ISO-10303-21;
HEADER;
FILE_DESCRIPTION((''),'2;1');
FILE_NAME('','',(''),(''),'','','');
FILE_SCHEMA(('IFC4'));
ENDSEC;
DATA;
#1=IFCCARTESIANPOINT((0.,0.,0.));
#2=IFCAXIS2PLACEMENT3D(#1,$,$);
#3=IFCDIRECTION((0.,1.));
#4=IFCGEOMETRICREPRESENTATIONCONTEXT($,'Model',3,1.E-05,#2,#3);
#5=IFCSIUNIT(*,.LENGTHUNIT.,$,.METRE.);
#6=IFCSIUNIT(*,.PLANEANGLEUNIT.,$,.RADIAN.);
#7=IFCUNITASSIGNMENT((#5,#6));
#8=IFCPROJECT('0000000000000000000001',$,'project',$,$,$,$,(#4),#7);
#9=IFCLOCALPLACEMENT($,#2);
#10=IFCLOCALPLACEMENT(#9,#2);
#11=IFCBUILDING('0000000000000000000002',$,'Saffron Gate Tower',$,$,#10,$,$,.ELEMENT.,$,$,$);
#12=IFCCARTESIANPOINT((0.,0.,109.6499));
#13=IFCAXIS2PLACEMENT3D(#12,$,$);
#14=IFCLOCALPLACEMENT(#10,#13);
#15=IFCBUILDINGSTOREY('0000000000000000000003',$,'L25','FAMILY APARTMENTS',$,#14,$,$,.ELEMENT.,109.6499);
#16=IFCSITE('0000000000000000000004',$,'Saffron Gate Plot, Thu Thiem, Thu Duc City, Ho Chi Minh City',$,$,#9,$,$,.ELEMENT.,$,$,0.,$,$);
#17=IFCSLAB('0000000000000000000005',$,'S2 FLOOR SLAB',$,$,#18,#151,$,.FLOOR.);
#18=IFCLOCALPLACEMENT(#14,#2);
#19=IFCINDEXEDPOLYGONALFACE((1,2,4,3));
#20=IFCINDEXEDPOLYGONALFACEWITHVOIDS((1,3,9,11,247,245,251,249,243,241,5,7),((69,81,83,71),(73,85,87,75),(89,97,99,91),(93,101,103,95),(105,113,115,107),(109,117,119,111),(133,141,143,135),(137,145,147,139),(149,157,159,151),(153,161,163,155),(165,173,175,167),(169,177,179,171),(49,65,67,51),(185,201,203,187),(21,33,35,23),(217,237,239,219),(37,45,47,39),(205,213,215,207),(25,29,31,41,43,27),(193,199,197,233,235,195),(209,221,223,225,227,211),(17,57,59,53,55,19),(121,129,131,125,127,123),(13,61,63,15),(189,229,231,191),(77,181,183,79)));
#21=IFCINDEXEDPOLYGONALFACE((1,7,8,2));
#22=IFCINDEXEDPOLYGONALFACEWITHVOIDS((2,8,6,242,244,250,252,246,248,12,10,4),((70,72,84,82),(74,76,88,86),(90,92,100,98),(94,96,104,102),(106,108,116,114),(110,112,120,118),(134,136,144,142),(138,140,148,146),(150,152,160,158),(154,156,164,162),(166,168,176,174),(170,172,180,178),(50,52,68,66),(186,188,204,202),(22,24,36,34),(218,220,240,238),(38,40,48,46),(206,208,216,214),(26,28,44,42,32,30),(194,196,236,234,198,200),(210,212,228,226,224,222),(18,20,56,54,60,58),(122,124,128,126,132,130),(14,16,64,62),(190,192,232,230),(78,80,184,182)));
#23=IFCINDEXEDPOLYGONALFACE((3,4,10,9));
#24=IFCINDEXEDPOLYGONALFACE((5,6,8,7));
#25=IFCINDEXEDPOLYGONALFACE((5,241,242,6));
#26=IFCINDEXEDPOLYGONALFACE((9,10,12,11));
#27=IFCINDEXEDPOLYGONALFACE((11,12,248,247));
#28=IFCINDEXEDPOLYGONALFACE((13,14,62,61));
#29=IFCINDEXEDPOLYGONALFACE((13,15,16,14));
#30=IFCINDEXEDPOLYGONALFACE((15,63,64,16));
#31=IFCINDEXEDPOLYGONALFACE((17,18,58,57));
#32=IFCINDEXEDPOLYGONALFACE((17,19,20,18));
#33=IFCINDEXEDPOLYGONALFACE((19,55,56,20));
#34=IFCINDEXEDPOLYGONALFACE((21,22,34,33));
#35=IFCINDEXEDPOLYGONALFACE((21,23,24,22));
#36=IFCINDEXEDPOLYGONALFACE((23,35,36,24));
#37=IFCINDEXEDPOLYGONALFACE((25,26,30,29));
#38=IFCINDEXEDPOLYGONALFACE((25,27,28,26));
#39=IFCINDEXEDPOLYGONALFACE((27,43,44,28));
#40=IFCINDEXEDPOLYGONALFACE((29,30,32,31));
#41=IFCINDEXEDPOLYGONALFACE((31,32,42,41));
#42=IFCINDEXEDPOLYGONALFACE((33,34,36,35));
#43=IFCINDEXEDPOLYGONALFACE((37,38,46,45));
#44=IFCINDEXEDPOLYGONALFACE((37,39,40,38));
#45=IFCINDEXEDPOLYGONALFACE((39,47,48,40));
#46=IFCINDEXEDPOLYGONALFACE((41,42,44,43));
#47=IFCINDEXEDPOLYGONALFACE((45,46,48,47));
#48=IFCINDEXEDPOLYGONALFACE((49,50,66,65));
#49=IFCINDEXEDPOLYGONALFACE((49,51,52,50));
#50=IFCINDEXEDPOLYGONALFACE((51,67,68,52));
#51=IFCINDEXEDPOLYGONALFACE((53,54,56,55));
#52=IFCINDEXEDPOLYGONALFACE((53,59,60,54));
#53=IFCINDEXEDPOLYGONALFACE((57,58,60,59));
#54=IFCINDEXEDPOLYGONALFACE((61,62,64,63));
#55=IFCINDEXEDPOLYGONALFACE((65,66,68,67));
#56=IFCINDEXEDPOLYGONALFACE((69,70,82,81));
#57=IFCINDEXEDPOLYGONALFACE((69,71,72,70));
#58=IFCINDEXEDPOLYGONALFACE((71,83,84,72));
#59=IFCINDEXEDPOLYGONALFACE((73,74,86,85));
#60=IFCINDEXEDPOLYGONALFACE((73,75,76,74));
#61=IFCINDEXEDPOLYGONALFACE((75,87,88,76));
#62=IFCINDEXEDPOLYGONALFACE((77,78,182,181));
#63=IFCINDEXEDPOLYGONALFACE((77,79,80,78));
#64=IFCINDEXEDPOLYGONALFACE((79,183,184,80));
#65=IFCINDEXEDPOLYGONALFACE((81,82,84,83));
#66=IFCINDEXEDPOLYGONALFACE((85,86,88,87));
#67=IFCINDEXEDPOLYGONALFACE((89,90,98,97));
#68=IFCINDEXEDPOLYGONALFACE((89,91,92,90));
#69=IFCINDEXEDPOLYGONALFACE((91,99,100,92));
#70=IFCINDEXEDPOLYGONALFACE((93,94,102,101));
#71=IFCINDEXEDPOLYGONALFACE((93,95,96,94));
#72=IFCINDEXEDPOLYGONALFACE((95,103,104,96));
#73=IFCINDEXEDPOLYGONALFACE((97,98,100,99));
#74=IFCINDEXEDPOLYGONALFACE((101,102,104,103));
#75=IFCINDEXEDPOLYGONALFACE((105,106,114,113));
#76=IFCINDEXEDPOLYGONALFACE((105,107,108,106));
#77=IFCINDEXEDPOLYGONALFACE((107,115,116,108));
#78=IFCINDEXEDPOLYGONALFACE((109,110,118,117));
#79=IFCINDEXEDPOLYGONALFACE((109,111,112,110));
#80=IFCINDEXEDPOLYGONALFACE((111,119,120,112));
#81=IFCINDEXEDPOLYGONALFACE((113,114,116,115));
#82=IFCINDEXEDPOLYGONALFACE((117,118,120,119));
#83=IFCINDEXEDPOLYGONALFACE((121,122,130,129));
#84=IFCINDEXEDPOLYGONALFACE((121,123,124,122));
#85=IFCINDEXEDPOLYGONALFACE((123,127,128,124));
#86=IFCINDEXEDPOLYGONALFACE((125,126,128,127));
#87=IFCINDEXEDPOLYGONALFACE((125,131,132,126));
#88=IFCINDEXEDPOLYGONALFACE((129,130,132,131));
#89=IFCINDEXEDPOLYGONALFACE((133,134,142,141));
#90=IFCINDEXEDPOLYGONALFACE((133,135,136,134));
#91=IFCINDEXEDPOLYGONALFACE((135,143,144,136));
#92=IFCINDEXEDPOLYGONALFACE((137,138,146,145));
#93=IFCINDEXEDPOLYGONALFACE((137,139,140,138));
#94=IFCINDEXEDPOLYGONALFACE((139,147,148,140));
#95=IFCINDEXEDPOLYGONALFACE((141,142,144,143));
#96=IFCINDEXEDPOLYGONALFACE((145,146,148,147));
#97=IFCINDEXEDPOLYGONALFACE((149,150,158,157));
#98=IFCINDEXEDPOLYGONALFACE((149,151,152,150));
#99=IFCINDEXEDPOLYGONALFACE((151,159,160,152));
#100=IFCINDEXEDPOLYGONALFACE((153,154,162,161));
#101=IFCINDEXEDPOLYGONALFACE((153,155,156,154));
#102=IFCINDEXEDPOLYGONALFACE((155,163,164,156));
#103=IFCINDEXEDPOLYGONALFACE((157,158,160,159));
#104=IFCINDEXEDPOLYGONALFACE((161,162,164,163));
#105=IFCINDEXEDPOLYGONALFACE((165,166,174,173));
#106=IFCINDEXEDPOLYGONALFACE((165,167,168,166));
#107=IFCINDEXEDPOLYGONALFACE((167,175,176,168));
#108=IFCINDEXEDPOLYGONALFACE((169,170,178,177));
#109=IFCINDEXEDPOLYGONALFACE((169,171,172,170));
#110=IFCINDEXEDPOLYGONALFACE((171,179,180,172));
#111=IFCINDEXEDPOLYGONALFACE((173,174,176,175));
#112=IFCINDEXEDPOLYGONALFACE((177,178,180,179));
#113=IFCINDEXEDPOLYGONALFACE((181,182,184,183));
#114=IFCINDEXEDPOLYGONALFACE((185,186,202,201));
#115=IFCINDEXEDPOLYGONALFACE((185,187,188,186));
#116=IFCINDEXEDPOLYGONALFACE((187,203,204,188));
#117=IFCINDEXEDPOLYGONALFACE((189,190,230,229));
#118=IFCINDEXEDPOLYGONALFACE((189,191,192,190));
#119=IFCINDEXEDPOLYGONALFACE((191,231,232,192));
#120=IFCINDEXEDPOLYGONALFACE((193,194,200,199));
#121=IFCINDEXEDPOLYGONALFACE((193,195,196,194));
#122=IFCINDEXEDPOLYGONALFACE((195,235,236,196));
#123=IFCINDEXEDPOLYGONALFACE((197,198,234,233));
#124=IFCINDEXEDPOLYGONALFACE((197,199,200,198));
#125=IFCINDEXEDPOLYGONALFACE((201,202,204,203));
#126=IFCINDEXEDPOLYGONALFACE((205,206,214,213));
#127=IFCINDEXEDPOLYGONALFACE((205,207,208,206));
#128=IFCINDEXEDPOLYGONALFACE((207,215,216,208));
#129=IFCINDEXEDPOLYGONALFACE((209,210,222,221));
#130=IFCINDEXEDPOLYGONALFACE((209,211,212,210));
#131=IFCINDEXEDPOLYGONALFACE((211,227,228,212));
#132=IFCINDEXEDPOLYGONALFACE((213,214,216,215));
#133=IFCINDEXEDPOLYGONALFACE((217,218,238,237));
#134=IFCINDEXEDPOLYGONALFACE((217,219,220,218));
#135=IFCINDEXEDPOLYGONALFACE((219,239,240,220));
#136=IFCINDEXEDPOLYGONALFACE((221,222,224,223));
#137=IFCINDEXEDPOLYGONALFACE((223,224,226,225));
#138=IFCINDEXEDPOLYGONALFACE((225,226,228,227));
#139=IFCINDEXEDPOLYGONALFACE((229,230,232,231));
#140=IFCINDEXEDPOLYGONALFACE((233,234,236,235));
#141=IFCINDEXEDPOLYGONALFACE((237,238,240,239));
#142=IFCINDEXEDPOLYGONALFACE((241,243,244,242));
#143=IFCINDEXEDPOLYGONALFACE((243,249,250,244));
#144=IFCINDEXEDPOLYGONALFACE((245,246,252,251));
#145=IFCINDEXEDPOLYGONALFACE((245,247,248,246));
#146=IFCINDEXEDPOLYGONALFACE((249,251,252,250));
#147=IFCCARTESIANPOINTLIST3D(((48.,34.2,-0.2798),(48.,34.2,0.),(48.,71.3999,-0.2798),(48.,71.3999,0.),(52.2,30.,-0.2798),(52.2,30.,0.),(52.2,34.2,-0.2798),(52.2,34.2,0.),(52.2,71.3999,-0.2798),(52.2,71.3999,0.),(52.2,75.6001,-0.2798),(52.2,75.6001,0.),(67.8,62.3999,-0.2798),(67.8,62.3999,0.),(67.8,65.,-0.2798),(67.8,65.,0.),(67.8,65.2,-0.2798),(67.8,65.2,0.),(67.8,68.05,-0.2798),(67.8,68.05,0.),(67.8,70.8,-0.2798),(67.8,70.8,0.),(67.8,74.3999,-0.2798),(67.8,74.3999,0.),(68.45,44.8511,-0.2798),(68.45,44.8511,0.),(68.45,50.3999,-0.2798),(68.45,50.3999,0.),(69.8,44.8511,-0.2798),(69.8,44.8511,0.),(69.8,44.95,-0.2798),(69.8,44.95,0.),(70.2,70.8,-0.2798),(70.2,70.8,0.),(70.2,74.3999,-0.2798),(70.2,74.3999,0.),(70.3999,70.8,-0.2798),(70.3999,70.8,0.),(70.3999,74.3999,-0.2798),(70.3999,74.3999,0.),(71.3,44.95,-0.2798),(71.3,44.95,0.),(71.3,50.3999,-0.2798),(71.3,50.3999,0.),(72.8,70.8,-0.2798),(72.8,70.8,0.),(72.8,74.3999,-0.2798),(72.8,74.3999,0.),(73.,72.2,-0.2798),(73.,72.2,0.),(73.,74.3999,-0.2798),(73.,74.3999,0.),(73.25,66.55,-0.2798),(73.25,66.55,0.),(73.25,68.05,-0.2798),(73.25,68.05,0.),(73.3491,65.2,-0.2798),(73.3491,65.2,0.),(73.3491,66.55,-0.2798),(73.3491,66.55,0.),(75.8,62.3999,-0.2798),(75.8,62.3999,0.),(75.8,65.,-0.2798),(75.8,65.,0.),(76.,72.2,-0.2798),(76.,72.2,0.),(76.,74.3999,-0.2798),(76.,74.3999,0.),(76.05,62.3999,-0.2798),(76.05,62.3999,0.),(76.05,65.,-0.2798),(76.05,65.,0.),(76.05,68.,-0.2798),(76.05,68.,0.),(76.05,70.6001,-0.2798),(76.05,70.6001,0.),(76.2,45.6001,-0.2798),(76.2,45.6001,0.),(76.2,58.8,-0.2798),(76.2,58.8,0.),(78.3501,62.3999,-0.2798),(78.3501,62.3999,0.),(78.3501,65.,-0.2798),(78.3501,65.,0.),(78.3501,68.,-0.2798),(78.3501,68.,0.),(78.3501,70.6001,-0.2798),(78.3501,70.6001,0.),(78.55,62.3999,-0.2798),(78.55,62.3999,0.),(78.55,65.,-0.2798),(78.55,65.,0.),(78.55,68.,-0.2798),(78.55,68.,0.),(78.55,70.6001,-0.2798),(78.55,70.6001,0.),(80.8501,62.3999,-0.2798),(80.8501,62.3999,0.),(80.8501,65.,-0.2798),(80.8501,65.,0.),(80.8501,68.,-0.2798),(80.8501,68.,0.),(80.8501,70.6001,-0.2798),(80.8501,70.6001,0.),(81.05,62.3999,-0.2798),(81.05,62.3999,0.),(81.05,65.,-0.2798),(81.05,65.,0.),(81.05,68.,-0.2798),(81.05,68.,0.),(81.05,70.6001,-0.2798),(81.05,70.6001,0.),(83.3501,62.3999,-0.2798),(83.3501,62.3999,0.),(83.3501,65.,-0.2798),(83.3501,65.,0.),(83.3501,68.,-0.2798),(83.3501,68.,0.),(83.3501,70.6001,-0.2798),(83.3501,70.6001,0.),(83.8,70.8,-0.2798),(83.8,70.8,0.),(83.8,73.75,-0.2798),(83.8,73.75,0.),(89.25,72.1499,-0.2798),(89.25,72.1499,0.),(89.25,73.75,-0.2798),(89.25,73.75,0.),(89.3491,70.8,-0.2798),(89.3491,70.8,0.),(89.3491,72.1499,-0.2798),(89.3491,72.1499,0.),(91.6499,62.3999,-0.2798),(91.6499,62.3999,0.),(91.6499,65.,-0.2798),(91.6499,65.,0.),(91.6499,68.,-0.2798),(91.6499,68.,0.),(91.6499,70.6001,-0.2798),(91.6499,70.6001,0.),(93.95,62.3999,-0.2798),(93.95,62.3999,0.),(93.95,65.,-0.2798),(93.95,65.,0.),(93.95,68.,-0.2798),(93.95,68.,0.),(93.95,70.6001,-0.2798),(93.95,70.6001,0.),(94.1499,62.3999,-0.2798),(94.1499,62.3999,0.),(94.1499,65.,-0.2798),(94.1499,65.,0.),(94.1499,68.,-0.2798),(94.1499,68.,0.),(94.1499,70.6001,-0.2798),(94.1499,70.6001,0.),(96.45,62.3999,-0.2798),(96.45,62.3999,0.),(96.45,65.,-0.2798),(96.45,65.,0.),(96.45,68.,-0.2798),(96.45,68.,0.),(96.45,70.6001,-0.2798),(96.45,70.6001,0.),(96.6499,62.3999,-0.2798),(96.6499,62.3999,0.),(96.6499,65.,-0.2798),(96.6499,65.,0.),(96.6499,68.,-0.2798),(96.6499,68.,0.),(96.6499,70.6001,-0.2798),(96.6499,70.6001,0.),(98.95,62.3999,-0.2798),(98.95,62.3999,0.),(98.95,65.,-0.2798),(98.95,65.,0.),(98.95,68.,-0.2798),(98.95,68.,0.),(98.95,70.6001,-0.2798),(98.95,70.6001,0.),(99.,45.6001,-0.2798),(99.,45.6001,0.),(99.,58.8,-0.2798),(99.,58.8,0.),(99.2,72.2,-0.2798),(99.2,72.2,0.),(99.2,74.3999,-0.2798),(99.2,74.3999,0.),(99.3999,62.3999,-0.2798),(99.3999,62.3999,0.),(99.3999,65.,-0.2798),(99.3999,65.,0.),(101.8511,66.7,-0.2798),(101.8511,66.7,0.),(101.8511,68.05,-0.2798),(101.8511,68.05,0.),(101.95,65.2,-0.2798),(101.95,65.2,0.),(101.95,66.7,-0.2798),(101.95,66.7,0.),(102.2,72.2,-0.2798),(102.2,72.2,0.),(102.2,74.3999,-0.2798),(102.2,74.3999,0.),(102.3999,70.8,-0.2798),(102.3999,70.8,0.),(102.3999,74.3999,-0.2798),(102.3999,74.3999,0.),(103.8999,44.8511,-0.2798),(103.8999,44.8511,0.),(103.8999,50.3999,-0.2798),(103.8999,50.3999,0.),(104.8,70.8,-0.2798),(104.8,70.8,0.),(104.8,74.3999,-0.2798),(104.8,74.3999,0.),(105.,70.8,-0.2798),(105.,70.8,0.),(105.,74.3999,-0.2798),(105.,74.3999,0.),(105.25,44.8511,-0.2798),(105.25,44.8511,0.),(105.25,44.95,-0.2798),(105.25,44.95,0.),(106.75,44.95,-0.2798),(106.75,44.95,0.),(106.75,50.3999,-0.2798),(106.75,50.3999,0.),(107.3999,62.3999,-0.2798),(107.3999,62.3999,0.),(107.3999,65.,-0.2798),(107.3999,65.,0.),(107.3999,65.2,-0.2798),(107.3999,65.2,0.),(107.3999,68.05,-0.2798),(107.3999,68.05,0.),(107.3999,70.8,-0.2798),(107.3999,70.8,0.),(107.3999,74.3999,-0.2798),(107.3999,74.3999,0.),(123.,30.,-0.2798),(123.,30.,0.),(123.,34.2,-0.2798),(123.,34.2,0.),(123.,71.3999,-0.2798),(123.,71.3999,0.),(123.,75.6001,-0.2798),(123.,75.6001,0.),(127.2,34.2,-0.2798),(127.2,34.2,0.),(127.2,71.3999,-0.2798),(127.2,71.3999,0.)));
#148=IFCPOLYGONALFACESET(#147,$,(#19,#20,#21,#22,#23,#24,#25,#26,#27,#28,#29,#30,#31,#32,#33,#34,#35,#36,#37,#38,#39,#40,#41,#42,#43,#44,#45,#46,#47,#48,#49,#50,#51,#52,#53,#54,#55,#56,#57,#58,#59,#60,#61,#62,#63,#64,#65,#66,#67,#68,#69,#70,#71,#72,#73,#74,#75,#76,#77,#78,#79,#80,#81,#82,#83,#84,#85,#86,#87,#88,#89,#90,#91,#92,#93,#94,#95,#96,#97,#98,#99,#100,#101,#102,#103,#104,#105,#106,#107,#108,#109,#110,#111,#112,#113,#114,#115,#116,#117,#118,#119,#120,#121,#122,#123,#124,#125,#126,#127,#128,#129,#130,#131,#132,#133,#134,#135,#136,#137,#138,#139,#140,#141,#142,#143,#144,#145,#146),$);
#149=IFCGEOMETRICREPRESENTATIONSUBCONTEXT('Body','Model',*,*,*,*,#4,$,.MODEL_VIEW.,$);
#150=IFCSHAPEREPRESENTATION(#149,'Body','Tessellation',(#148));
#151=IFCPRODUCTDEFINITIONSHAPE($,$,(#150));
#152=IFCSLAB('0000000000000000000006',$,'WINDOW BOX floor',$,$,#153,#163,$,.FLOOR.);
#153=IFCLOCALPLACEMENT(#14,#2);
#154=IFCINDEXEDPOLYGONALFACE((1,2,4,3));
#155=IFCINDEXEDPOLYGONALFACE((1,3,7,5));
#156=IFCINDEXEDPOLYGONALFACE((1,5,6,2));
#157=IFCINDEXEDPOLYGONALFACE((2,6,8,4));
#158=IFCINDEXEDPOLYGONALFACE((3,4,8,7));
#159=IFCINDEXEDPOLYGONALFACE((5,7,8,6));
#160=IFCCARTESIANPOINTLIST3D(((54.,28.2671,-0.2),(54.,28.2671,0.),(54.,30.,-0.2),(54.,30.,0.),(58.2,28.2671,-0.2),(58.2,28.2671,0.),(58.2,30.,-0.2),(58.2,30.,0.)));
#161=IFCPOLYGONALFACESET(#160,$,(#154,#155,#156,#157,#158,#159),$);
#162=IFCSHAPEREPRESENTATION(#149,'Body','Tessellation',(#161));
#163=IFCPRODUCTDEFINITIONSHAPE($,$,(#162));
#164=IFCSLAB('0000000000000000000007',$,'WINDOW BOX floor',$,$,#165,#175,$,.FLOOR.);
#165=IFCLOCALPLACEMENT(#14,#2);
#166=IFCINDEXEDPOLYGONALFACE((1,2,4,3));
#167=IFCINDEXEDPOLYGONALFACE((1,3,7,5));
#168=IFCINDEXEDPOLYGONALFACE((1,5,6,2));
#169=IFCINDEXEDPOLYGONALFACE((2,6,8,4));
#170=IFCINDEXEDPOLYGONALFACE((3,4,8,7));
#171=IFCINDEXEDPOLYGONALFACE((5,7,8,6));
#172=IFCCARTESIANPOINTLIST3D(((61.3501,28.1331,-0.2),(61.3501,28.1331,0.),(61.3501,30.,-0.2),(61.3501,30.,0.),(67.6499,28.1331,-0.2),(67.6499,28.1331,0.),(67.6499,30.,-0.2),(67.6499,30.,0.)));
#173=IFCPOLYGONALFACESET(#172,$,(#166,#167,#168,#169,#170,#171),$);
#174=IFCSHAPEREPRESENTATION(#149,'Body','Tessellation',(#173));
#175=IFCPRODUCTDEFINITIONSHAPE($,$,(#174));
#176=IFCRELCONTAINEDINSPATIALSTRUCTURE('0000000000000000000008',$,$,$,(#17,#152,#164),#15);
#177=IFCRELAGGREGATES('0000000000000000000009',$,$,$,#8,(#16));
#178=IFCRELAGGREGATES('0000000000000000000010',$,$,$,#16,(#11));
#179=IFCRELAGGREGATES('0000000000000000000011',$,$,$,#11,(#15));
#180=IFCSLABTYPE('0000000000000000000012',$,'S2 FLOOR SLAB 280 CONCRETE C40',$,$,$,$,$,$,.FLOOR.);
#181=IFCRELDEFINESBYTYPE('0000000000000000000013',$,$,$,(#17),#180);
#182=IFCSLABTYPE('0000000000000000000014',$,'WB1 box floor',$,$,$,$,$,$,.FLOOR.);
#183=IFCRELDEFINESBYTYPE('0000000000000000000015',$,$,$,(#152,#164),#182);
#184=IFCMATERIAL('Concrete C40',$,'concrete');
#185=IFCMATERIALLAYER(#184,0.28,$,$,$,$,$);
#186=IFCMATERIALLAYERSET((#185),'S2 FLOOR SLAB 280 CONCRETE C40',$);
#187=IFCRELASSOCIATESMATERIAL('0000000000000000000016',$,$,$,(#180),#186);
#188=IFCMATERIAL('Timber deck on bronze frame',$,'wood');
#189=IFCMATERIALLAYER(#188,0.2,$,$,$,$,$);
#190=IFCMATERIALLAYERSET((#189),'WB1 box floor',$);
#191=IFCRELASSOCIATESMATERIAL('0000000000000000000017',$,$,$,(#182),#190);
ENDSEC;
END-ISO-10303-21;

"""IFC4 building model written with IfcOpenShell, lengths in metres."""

from ifc_helpers import new_model, si_unit, direction, frame, origin, place, context, subcontext, project, spatial, polyline, outline, extrude, material, layer, layer_set, type_object, element, save


model = new_model("IFC4")

# Units and contexts
model_context = context("Model", 3, precision=1e-05, world=origin(), true_north=direction((0.0, 1.0)))
body_context = subcontext(model_context, "Body", "Model", "MODEL_VIEW")
ifc_project = project(units=[si_unit("LENGTHUNIT", "METRE"), si_unit("PLANEANGLEUNIT", "RADIAN")], contexts=[model_context])

# Site, building, storey
site_placement = place(None, origin())
site = spatial("IfcSite", under=ifc_project, at=site_placement, Name="Saffron Gate Plot, Thu Thiem, Thu Duc City, Ho Chi Minh City", CompositionType="ELEMENT", RefElevation=0.0)
building_placement = place(site_placement, origin())
building = spatial("IfcBuilding", under=site, at=building_placement, Name="Saffron Gate Tower", CompositionType="ELEMENT")
storey_placement = place(building_placement, frame((0.0, 0.0, 109.6499)))
storey = spatial("IfcBuildingStorey", under=building, at=storey_placement, Name="L25", Description="FAMILY APARTMENTS", CompositionType="ELEMENT", Elevation=109.6499)

# Slabs
ifc_material_1 = material(Name="Concrete C40", Category="concrete")
ifc_layer_1 = layer(ifc_material_1, 0.28)
ifc_layer_set_1 = layer_set([ifc_layer_1], Name="S2 FLOOR SLAB 280 CONCRETE C40")
slab_type_1 = type_object("IfcSlabType", Name="S2 FLOOR SLAB 280 CONCRETE C40", PredefinedType="FLOOR", material=ifc_layer_set_1)
slab_1_placement = place(storey_placement, frame((0.0, 0.0, -0.2798)))
element("IfcSlab", 1, at=slab_1_placement, inside=storey, type_object=slab_type_1, Name="S2 FLOOR SLAB", PredefinedType="FLOOR", context=body_context, shape_type="SweptSolid", body=[
    extrude(outline(polyline([(48.0, 34.2), (52.2, 34.2), (52.2, 30.0), (123.0, 30.0), (123.0, 34.2), (127.2, 34.2), (127.2, 71.3999), (123.0, 71.3999), (123.0, 75.6001), (52.2, 75.6001), (52.2, 71.3999), (48.0, 71.3999), (48.0, 34.2)]), holes=[polyline([(67.8, 62.3999), (67.8, 65.0), (75.8, 65.0), (75.8, 62.3999), (67.8, 62.3999)]), polyline([(67.8, 65.2), (67.8, 68.05), (73.25, 68.05), (73.25, 66.55), (73.3491, 66.55), (73.3491, 65.2), (67.8, 65.2)]), polyline([(67.8, 70.8), (67.8, 74.3999), (70.2, 74.3999), (70.2, 70.8), (67.8, 70.8)]), polyline([(68.45, 44.8511), (68.45, 50.3999), (71.3, 50.3999), (71.3, 44.95), (69.8, 44.95), (69.8, 44.8511), (68.45, 44.8511)]), polyline([(70.3999, 70.8), (70.3999, 74.3999), (72.8, 74.3999), (72.8, 70.8), (70.3999, 70.8)]), polyline([(73.0, 72.2), (73.0, 74.3999), (76.0, 74.3999), (76.0, 72.2), (73.0, 72.2)]), polyline([(76.05, 62.3999), (76.05, 65.0), (78.3501, 65.0), (78.3501, 62.3999), (76.05, 62.3999)]), polyline([(76.05, 68.0), (76.05, 70.6001), (78.3501, 70.6001), (78.3501, 68.0), (76.05, 68.0)]), polyline([(76.2, 45.6001), (76.2, 58.8), (99.0, 58.8), (99.0, 45.6001), (76.2, 45.6001)]), polyline([(78.55, 62.3999), (78.55, 65.0), (80.8501, 65.0), (80.8501, 62.3999), (78.55, 62.3999)]), polyline([(78.55, 68.0), (78.55, 70.6001), (80.8501, 70.6001), (80.8501, 68.0), (78.55, 68.0)]), polyline([(81.05, 62.3999), (81.05, 65.0), (83.3501, 65.0), (83.3501, 62.3999), (81.05, 62.3999)]), polyline([(81.05, 68.0), (81.05, 70.6001), (83.3501, 70.6001), (83.3501, 68.0), (81.05, 68.0)]), polyline([(83.8, 70.8), (83.8, 73.75), (89.25, 73.75), (89.25, 72.1499), (89.3491, 72.1499), (89.3491, 70.8), (83.8, 70.8)]), polyline([(91.6499, 62.3999), (91.6499, 65.0), (93.95, 65.0), (93.95, 62.3999), (91.6499, 62.3999)]), polyline([(91.6499, 68.0), (91.6499, 70.6001), (93.95, 70.6001), (93.95, 68.0), (91.6499, 68.0)]), polyline([(94.1499, 62.3999), (94.1499, 65.0), (96.45, 65.0), (96.45, 62.3999), (94.1499, 62.3999)]), polyline([(94.1499, 68.0), (94.1499, 70.6001), (96.45, 70.6001), (96.45, 68.0), (94.1499, 68.0)]), polyline([(96.6499, 62.3999), (96.6499, 65.0), (98.95, 65.0), (98.95, 62.3999), (96.6499, 62.3999)]), polyline([(96.6499, 68.0), (96.6499, 70.6001), (98.95, 70.6001), (98.95, 68.0), (96.6499, 68.0)]), polyline([(99.2, 72.2), (99.2, 74.3999), (102.2, 74.3999), (102.2, 72.2), (99.2, 72.2)]), polyline([(99.3999, 62.3999), (99.3999, 65.0), (107.3999, 65.0), (107.3999, 62.3999), (99.3999, 62.3999)]), polyline([(101.8511, 66.7), (101.8511, 68.05), (107.3999, 68.05), (107.3999, 65.2), (101.95, 65.2), (101.95, 66.7), (101.8511, 66.7)]), polyline([(102.3999, 70.8), (102.3999, 74.3999), (104.8, 74.3999), (104.8, 70.8), (102.3999, 70.8)]), polyline([(103.8999, 44.8511), (103.8999, 50.3999), (106.75, 50.3999), (106.75, 44.95), (105.25, 44.95), (105.25, 44.8511), (103.8999, 44.8511)]), polyline([(105.0, 70.8), (105.0, 74.3999), (107.3999, 74.3999), (107.3999, 70.8), (105.0, 70.8)])]), origin(), (0.0, 0.0, 1.0), 0.2798),
])
ifc_material_2 = material(Name="Timber deck on bronze frame", Category="wood")
ifc_layer_2 = layer(ifc_material_2, 0.2)
ifc_layer_set_2 = layer_set([ifc_layer_2], Name="WB1 box floor")
slab_type_2 = type_object("IfcSlabType", Name="WB1 box floor", PredefinedType="FLOOR", material=ifc_layer_set_2)
slab_2_placement = place(storey_placement, frame((0.0, 0.0, -0.2)))
element("IfcSlab", 2, at=slab_2_placement, inside=storey, type_object=slab_type_2, Name="WINDOW BOX floor", PredefinedType="FLOOR", context=body_context, shape_type="SweptSolid", body=[
    extrude(outline(polyline([(54.0, 30.0), (58.2, 30.0), (58.2, 28.2671), (54.0, 28.2671), (54.0, 30.0)])), origin(), (0.0, 0.0, 1.0), 0.2),
])
slab_3_placement = place(storey_placement, frame((0.0, 0.0, -0.2)))
element("IfcSlab", 3, at=slab_3_placement, inside=storey, type_object=slab_type_2, Name="WINDOW BOX floor", PredefinedType="FLOOR", context=body_context, shape_type="SweptSolid", body=[
    extrude(outline(polyline([(61.3501, 30.0), (67.6499, 30.0), (67.6499, 28.1331), (61.3501, 28.1331), (61.3501, 30.0)])), origin(), (0.0, 0.0, 1.0), 0.2),
])

save(model, "model.ifc")
